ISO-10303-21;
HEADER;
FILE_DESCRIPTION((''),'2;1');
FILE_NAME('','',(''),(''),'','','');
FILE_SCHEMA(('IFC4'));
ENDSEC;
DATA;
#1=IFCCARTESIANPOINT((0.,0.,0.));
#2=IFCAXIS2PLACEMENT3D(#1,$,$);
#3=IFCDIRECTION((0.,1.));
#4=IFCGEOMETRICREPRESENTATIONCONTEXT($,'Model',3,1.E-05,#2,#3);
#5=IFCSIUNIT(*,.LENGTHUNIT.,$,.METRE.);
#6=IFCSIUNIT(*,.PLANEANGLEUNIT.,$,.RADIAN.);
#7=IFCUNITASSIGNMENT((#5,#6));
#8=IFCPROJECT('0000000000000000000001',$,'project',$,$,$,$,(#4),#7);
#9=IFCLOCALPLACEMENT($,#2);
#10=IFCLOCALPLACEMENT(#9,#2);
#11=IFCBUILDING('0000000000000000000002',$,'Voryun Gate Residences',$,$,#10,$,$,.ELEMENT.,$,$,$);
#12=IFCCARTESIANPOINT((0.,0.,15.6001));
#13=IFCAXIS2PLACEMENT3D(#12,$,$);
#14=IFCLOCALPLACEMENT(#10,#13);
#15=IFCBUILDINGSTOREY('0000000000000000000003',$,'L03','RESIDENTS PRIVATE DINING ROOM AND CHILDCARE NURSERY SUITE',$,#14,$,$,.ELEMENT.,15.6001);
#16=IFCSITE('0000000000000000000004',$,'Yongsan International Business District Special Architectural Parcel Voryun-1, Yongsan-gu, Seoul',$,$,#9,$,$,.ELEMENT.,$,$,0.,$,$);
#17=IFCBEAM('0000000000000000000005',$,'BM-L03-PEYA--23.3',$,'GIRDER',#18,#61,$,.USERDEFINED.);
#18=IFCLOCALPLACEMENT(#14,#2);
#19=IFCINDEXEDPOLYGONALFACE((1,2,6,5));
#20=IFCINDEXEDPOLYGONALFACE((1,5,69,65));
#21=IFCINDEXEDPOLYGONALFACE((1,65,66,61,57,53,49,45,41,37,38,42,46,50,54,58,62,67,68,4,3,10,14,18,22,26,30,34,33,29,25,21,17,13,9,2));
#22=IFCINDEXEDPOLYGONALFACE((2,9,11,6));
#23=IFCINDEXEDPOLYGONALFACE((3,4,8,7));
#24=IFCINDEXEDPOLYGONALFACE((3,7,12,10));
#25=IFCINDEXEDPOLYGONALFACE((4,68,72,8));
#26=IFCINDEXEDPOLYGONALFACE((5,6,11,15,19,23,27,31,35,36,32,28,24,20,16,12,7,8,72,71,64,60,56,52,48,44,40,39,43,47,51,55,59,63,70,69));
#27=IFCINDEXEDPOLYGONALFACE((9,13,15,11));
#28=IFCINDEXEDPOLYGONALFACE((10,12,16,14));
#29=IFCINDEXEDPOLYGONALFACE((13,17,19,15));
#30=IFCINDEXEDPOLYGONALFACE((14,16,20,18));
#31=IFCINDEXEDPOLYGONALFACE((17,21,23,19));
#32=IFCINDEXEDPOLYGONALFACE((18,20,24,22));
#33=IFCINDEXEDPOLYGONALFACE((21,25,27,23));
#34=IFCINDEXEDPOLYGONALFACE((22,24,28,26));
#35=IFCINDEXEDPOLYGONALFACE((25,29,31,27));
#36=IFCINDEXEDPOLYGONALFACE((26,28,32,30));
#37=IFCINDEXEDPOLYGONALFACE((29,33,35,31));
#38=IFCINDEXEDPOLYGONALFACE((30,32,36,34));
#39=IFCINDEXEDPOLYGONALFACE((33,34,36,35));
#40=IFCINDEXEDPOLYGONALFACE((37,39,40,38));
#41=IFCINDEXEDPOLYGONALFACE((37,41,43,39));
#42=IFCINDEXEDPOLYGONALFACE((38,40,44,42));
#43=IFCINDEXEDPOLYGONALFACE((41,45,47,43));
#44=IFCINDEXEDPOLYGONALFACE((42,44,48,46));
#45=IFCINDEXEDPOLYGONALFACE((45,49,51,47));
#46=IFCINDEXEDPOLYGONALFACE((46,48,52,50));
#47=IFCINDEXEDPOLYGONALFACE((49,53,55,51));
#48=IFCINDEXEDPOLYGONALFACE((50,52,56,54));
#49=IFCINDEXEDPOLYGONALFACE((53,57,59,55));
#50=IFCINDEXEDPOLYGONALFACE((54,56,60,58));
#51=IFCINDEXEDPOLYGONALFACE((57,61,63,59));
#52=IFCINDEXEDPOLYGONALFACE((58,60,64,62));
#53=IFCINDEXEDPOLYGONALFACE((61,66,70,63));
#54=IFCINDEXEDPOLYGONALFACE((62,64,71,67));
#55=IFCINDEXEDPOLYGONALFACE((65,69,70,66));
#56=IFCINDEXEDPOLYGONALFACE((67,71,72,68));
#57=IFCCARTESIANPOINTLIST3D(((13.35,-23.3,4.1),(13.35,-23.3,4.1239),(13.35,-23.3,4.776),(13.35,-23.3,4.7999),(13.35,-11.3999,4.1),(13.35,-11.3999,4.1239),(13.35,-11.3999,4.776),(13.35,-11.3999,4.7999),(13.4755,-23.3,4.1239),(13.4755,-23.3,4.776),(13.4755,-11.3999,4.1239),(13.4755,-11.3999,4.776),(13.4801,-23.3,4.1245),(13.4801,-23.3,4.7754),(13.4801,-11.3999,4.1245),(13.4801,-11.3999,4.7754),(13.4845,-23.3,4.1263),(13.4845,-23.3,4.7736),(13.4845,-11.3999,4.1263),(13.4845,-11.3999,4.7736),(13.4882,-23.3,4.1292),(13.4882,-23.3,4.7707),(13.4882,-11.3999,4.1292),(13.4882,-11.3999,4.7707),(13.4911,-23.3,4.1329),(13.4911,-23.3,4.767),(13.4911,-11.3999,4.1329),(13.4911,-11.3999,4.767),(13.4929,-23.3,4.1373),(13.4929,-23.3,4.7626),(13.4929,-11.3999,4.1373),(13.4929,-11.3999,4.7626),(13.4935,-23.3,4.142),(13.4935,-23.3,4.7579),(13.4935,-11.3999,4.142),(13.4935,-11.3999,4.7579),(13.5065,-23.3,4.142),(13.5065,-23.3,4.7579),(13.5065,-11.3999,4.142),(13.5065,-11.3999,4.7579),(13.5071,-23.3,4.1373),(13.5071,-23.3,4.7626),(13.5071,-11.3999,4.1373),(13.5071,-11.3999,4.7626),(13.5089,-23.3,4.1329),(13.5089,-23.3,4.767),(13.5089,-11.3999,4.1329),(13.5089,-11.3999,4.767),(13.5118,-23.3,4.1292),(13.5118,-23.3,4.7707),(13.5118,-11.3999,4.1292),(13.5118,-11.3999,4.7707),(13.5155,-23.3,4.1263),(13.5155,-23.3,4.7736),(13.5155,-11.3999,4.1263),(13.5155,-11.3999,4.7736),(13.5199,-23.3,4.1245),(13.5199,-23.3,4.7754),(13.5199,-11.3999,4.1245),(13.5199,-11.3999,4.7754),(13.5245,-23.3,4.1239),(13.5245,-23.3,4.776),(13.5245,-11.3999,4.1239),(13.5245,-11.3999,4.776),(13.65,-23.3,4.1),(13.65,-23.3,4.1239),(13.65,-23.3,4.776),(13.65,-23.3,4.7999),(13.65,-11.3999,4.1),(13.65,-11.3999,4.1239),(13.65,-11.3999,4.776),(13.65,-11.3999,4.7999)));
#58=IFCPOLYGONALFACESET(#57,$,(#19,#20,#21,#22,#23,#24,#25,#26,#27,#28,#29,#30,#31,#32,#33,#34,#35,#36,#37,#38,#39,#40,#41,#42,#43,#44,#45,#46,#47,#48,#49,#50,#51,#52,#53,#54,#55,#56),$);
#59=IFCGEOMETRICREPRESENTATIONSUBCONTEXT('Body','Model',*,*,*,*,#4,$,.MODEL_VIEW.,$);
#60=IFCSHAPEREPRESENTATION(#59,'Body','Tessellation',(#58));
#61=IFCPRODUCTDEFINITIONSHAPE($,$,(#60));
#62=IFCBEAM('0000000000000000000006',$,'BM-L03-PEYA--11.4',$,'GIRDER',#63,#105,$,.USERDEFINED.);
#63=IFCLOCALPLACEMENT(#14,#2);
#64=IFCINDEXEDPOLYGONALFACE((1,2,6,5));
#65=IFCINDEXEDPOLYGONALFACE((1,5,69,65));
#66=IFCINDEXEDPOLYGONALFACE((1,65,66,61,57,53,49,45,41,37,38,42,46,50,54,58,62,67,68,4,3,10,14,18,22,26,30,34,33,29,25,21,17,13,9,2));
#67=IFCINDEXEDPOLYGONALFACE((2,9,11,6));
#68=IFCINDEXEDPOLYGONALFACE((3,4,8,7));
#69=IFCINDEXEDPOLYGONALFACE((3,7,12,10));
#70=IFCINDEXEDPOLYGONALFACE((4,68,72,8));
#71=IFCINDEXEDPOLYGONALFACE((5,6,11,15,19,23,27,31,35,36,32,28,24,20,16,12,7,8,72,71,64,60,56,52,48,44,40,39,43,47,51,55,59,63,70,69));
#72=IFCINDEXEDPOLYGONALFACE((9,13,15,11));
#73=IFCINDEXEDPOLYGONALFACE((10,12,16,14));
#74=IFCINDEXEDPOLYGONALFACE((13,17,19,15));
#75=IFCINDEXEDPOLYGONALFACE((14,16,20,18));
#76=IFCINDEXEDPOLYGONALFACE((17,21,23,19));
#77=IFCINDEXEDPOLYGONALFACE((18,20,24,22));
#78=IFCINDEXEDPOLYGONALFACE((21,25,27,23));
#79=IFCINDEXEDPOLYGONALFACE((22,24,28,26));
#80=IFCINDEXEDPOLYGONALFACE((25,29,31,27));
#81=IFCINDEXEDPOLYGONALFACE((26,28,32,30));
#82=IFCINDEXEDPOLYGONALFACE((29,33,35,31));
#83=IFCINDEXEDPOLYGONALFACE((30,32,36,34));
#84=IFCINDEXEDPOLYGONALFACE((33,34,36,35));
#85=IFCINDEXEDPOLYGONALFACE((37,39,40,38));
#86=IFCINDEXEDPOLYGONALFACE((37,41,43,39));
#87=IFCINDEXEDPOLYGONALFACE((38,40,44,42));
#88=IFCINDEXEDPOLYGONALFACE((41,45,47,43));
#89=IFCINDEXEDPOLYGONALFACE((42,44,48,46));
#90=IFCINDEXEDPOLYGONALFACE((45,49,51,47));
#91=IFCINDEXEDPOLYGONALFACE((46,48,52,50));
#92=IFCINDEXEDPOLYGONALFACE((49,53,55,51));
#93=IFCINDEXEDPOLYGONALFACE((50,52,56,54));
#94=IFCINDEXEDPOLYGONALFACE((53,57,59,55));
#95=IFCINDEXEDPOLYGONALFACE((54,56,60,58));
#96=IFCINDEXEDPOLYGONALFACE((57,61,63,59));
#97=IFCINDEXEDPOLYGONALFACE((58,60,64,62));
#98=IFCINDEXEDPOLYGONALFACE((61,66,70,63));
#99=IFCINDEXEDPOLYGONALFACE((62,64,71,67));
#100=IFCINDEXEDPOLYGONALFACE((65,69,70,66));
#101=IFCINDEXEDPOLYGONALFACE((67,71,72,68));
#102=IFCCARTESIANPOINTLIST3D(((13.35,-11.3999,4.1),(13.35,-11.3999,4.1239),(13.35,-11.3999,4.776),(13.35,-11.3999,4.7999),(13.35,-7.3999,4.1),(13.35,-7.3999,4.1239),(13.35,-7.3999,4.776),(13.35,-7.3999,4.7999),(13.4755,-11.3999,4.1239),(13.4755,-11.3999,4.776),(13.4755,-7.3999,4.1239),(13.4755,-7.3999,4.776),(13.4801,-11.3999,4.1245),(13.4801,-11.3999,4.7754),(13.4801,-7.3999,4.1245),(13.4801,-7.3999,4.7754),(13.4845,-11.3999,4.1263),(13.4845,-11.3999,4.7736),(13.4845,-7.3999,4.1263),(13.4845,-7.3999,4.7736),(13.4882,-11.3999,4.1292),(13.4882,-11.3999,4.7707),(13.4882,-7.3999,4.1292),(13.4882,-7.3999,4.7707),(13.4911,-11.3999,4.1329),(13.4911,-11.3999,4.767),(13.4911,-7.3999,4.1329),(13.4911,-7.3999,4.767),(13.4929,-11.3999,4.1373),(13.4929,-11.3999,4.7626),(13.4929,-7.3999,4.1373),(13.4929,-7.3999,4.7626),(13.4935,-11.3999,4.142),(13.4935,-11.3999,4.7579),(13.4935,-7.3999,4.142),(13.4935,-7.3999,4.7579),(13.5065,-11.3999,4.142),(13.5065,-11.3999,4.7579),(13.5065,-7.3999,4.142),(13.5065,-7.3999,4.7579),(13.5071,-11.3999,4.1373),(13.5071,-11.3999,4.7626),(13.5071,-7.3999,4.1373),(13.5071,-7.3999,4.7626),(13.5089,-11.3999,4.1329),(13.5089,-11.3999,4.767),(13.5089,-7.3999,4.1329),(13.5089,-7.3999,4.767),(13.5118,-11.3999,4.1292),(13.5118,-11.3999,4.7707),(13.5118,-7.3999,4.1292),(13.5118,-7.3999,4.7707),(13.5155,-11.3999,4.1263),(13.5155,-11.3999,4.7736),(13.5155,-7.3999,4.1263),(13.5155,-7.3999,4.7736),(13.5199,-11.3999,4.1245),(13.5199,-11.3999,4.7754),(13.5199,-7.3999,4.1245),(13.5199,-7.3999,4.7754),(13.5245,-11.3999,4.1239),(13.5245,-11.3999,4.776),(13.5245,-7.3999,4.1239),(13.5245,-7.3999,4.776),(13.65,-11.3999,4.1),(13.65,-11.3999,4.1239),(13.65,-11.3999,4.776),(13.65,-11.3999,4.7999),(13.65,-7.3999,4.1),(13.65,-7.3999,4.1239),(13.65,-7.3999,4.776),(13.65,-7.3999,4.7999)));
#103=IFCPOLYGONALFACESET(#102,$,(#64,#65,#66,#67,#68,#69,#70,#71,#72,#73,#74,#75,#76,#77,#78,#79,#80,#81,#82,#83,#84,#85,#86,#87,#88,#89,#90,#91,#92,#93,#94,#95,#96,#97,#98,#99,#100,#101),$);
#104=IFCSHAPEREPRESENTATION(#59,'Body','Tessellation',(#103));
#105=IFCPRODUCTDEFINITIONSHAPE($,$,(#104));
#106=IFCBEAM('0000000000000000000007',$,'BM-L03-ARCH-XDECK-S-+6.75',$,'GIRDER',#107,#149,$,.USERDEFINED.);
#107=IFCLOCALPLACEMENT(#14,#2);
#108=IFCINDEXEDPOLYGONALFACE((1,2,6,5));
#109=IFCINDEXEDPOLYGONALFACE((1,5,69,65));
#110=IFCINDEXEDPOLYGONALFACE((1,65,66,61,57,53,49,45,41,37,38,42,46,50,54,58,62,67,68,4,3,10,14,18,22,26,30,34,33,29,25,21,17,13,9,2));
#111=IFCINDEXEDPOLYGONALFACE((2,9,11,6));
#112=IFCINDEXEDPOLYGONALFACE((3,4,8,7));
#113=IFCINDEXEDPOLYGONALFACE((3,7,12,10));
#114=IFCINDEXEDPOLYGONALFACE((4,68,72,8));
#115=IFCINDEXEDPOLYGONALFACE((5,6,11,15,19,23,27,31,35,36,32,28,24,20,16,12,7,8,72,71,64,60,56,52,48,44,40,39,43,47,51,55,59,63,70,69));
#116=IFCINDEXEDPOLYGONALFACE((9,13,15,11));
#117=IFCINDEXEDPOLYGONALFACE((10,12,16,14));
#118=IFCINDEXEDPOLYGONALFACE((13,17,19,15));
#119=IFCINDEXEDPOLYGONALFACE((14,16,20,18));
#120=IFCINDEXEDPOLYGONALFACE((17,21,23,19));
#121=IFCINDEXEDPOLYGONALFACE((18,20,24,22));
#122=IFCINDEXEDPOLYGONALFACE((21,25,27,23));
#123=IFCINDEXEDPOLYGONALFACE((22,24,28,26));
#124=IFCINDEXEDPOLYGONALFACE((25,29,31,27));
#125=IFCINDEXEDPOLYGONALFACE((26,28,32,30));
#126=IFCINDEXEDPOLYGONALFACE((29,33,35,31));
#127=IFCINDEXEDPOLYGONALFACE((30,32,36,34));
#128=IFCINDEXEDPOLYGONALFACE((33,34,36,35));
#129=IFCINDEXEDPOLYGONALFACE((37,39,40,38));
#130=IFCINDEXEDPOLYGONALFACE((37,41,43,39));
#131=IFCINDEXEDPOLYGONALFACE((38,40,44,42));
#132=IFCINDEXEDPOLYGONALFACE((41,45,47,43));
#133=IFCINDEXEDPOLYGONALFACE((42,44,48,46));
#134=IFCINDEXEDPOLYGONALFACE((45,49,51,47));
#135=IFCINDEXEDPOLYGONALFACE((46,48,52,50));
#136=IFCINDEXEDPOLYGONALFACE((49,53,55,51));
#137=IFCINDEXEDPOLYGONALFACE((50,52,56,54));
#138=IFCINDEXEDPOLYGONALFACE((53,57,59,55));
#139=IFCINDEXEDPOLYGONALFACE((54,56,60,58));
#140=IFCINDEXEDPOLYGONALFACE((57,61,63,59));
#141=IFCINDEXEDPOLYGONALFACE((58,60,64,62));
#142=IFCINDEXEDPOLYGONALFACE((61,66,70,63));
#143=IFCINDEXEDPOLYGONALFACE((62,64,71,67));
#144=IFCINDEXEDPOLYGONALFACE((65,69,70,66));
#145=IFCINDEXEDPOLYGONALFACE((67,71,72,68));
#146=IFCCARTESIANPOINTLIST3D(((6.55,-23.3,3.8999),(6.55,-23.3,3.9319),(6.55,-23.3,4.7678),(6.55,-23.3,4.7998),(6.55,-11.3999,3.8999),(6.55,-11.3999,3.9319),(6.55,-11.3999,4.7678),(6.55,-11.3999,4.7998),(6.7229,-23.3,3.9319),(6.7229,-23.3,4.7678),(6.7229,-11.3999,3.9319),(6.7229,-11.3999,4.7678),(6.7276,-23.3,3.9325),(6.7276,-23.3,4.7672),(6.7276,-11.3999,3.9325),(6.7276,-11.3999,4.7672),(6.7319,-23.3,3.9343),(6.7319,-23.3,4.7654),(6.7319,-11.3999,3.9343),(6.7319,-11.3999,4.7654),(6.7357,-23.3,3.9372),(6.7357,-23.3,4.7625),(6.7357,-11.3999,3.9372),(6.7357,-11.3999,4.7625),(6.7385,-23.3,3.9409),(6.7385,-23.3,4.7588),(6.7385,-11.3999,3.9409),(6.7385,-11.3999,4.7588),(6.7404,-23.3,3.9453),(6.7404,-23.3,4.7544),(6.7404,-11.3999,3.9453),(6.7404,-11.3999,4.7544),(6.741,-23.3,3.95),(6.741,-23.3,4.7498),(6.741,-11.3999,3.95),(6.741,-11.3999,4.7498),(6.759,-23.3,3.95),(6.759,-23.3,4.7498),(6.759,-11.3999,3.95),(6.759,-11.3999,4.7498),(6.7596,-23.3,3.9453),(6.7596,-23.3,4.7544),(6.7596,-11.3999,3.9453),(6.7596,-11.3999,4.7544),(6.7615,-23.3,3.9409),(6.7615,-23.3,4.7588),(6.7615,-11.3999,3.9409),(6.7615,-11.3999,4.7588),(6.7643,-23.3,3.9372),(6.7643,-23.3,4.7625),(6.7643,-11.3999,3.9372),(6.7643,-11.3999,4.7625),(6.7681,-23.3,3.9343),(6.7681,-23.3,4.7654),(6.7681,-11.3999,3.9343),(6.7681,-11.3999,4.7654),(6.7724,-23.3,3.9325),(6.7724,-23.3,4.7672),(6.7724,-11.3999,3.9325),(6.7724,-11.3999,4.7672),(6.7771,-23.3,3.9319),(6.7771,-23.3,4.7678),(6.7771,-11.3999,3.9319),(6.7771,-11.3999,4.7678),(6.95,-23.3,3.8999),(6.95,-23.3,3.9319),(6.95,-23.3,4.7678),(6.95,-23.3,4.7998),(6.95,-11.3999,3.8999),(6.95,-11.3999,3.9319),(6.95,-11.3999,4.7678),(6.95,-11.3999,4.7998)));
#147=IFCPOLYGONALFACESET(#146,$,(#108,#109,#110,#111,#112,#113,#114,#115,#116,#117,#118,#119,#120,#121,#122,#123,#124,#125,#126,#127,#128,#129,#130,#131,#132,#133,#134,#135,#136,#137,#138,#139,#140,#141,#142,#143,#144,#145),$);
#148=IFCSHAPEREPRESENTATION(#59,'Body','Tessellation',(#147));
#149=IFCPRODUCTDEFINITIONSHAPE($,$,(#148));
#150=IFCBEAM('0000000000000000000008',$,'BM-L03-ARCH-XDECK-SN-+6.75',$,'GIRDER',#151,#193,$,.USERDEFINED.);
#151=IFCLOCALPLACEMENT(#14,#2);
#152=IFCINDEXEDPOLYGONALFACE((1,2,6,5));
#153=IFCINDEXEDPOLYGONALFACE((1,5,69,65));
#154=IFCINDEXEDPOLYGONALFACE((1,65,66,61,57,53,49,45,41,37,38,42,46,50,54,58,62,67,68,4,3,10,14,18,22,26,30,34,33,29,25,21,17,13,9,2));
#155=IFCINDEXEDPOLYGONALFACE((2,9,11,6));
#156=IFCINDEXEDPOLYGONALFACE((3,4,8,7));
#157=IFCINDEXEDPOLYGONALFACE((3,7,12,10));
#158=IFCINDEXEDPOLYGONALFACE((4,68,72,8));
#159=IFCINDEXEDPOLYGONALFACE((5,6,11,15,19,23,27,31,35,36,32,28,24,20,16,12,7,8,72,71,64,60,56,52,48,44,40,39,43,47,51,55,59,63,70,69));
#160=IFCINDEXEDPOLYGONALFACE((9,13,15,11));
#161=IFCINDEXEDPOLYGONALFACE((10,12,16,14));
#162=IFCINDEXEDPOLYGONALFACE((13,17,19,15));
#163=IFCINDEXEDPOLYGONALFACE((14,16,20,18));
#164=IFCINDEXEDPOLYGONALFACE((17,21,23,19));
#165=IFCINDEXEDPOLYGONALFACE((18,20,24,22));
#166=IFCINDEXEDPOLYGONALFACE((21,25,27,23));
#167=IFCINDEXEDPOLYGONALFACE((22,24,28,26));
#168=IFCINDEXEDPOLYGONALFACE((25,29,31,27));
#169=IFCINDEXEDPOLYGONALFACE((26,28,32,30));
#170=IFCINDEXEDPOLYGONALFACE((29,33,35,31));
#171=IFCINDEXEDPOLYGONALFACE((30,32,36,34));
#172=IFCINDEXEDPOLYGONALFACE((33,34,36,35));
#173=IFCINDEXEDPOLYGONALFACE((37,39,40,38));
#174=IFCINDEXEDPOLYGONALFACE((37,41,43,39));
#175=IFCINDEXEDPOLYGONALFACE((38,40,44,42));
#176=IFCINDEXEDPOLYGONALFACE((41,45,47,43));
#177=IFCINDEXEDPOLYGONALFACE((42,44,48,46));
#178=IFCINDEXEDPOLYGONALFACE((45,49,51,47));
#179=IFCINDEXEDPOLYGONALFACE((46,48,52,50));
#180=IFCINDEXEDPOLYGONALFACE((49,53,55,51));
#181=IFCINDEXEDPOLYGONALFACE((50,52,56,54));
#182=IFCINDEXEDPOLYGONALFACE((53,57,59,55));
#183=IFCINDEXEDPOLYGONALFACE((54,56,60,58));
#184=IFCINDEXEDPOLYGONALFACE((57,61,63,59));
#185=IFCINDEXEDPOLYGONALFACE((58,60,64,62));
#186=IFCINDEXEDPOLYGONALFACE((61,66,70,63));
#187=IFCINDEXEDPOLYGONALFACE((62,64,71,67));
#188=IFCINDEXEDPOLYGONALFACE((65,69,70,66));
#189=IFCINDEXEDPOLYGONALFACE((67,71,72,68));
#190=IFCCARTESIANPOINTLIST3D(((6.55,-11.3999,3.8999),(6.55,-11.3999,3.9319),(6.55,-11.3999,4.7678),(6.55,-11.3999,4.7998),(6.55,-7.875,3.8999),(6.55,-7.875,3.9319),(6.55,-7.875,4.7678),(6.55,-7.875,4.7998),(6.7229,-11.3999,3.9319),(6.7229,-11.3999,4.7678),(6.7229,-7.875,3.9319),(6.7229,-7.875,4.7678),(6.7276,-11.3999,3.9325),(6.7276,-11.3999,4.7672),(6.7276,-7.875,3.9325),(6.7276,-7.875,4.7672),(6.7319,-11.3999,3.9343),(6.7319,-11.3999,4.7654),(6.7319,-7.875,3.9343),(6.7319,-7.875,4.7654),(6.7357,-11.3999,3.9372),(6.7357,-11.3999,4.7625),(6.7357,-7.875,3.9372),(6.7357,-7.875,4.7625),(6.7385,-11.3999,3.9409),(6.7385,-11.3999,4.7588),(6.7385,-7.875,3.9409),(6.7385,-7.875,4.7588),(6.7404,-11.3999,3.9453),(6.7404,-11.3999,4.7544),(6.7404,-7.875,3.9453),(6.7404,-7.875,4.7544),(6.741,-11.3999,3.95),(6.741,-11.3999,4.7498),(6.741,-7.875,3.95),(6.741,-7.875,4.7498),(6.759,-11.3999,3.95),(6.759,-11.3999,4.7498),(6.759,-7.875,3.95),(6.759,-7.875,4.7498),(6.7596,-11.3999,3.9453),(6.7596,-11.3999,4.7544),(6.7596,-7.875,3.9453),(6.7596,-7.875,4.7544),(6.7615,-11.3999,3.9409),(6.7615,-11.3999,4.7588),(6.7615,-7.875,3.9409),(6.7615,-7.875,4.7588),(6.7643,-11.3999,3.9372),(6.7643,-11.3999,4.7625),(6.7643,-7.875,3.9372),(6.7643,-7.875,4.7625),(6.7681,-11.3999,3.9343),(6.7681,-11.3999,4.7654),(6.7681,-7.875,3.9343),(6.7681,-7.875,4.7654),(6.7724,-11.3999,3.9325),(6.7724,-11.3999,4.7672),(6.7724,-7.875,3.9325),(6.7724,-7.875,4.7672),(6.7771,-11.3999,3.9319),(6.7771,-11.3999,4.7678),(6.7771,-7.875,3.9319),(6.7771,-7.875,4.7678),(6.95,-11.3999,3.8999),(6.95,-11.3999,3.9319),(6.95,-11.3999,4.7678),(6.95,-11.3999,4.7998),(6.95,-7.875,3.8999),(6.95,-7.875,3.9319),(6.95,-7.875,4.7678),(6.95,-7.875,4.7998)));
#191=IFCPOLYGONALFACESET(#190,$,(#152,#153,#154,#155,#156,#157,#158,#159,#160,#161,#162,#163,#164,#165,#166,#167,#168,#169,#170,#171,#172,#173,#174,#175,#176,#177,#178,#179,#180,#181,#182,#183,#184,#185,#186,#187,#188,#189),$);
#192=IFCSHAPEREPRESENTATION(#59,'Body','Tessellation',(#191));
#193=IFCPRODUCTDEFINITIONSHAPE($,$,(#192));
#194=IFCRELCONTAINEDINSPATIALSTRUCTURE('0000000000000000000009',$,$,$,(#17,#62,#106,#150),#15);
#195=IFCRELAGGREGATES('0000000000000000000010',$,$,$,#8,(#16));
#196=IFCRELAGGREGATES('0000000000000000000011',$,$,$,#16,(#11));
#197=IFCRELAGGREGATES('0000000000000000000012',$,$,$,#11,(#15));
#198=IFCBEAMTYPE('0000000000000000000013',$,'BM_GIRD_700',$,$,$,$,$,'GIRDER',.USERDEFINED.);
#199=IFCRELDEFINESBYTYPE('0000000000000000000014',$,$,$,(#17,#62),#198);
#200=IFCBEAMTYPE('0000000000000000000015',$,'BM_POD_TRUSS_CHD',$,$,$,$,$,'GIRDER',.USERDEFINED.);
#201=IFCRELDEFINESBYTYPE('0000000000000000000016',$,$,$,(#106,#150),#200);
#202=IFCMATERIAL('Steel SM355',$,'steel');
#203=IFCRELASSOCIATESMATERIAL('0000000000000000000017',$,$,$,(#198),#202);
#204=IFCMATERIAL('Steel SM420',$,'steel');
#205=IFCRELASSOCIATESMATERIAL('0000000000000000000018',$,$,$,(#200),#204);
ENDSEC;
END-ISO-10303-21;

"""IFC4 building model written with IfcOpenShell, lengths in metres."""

from ifc_helpers import new_model, si_unit, direction, frame, origin, origin_2d, place, context, subcontext, project, spatial, i_section, extrude, material, material_profile, profile_set, type_object, element, save


model = new_model("IFC4")

# Units and contexts
model_context = context("Model", 3, precision=1e-05, world=origin(), true_north=direction((0.0, 1.0)))
body_context = subcontext(model_context, "Body", "Model", "MODEL_VIEW")
ifc_project = project(units=[si_unit("LENGTHUNIT", "METRE"), si_unit("PLANEANGLEUNIT", "RADIAN")], contexts=[model_context])

# Site, building, storey
site_placement = place(None, origin())
site = spatial("IfcSite", under=ifc_project, at=site_placement, Name="Yongsan International Business District Special Architectural Parcel Voryun-1, Yongsan-gu, Seoul", CompositionType="ELEMENT", RefElevation=0.0)
building_placement = place(site_placement, origin())
building = spatial("IfcBuilding", under=site, at=building_placement, Name="Voryun Gate Residences", CompositionType="ELEMENT")
storey_placement = place(building_placement, frame((0.0, 0.0, 15.6001)))
storey = spatial("IfcBuildingStorey", under=building, at=storey_placement, Name="L03", Description="RESIDENTS PRIVATE DINING ROOM AND CHILDCARE NURSERY SUITE", CompositionType="ELEMENT", Elevation=15.6001)

# Beams
ifc_material_1 = material(Name="Steel SM355", Category="steel")
ifc_material_profile_1 = material_profile(ifc_material_1, i_section(OverallWidth=0.3, OverallDepth=0.7, WebThickness=0.0129, FlangeThickness=0.0239, FilletRadius=0.0181, at=origin_2d()), Name="H-700x300x13x24")
ifc_profile_set_1 = profile_set([ifc_material_profile_1], Name="Steel SM355")
beam_type_1 = type_object("IfcBeamType", Name="BM_GIRD_700", ElementType="GIRDER", PredefinedType="USERDEFINED", material=ifc_profile_set_1)
beam_1_placement = place(storey_placement, frame((13.5, -23.3, 4.45), z_axis=(0.0, 1.0, 0.0), x_axis=(-1.0, 0.0, 0.0)))
element("IfcBeam", 1, at=beam_1_placement, inside=storey, type_object=beam_type_1, Name="BM-L03-PEYA--23.3", ObjectType="GIRDER", PredefinedType="USERDEFINED", context=body_context, shape_type="SweptSolid", body=[
    extrude(i_section(OverallWidth=0.3, OverallDepth=0.7, WebThickness=0.0129, FlangeThickness=0.0239, FilletRadius=0.0181, at=origin_2d()), origin(), (0.0, 0.0, 1.0), 11.9001),
])
beam_2_placement = place(storey_placement, frame((13.5, -11.3999, 4.45), z_axis=(0.0, 1.0, 0.0), x_axis=(-1.0, 0.0, 0.0)))
element("IfcBeam", 2, at=beam_2_placement, inside=storey, type_object=beam_type_1, Name="BM-L03-PEYA--11.4", ObjectType="GIRDER", PredefinedType="USERDEFINED", context=body_context, shape_type="SweptSolid", body=[
    extrude(i_section(OverallWidth=0.3, OverallDepth=0.7, WebThickness=0.0129, FlangeThickness=0.0239, FilletRadius=0.0181, at=origin_2d()), origin(), (0.0, 0.0, 1.0), 4.0),
])
ifc_material_2 = material(Name="Steel SM420", Category="steel")
ifc_material_profile_2 = material_profile(ifc_material_2, i_section(OverallWidth=0.3999, OverallDepth=0.8999, WebThickness=0.0181, FlangeThickness=0.032, FilletRadius=0.0181, at=origin_2d()), Name="H-900x400x18x32")
ifc_profile_set_2 = profile_set([ifc_material_profile_2], Name="Steel SM420")
beam_type_2 = type_object("IfcBeamType", Name="BM_POD_TRUSS_CHD", ElementType="GIRDER", PredefinedType="USERDEFINED", material=ifc_profile_set_2)
beam_3_placement = place(storey_placement, frame((6.75, -23.3, 4.3499), z_axis=(0.0, 1.0, 0.0), x_axis=(-1.0, 0.0, 0.0)))
element("IfcBeam", 3, at=beam_3_placement, inside=storey, type_object=beam_type_2, Name="BM-L03-ARCH-XDECK-S-+6.75", ObjectType="GIRDER", PredefinedType="USERDEFINED", context=body_context, shape_type="SweptSolid", body=[
    extrude(i_section(OverallWidth=0.3999, OverallDepth=0.8999, WebThickness=0.0181, FlangeThickness=0.032, FilletRadius=0.0181, at=origin_2d()), origin(), (0.0, 0.0, 1.0), 11.9001),
])
beam_4_placement = place(storey_placement, frame((6.75, -11.3999, 4.3499), z_axis=(0.0, 1.0, 0.0), x_axis=(-1.0, 0.0, 0.0)))
element("IfcBeam", 4, at=beam_4_placement, inside=storey, type_object=beam_type_2, Name="BM-L03-ARCH-XDECK-SN-+6.75", ObjectType="GIRDER", PredefinedType="USERDEFINED", context=body_context, shape_type="SweptSolid", body=[
    extrude(i_section(OverallWidth=0.3999, OverallDepth=0.8999, WebThickness=0.0181, FlangeThickness=0.032, FilletRadius=0.0181, at=origin_2d()), origin(), (0.0, 0.0, 1.0), 3.5249),
])

save(model, "model.ifc")
